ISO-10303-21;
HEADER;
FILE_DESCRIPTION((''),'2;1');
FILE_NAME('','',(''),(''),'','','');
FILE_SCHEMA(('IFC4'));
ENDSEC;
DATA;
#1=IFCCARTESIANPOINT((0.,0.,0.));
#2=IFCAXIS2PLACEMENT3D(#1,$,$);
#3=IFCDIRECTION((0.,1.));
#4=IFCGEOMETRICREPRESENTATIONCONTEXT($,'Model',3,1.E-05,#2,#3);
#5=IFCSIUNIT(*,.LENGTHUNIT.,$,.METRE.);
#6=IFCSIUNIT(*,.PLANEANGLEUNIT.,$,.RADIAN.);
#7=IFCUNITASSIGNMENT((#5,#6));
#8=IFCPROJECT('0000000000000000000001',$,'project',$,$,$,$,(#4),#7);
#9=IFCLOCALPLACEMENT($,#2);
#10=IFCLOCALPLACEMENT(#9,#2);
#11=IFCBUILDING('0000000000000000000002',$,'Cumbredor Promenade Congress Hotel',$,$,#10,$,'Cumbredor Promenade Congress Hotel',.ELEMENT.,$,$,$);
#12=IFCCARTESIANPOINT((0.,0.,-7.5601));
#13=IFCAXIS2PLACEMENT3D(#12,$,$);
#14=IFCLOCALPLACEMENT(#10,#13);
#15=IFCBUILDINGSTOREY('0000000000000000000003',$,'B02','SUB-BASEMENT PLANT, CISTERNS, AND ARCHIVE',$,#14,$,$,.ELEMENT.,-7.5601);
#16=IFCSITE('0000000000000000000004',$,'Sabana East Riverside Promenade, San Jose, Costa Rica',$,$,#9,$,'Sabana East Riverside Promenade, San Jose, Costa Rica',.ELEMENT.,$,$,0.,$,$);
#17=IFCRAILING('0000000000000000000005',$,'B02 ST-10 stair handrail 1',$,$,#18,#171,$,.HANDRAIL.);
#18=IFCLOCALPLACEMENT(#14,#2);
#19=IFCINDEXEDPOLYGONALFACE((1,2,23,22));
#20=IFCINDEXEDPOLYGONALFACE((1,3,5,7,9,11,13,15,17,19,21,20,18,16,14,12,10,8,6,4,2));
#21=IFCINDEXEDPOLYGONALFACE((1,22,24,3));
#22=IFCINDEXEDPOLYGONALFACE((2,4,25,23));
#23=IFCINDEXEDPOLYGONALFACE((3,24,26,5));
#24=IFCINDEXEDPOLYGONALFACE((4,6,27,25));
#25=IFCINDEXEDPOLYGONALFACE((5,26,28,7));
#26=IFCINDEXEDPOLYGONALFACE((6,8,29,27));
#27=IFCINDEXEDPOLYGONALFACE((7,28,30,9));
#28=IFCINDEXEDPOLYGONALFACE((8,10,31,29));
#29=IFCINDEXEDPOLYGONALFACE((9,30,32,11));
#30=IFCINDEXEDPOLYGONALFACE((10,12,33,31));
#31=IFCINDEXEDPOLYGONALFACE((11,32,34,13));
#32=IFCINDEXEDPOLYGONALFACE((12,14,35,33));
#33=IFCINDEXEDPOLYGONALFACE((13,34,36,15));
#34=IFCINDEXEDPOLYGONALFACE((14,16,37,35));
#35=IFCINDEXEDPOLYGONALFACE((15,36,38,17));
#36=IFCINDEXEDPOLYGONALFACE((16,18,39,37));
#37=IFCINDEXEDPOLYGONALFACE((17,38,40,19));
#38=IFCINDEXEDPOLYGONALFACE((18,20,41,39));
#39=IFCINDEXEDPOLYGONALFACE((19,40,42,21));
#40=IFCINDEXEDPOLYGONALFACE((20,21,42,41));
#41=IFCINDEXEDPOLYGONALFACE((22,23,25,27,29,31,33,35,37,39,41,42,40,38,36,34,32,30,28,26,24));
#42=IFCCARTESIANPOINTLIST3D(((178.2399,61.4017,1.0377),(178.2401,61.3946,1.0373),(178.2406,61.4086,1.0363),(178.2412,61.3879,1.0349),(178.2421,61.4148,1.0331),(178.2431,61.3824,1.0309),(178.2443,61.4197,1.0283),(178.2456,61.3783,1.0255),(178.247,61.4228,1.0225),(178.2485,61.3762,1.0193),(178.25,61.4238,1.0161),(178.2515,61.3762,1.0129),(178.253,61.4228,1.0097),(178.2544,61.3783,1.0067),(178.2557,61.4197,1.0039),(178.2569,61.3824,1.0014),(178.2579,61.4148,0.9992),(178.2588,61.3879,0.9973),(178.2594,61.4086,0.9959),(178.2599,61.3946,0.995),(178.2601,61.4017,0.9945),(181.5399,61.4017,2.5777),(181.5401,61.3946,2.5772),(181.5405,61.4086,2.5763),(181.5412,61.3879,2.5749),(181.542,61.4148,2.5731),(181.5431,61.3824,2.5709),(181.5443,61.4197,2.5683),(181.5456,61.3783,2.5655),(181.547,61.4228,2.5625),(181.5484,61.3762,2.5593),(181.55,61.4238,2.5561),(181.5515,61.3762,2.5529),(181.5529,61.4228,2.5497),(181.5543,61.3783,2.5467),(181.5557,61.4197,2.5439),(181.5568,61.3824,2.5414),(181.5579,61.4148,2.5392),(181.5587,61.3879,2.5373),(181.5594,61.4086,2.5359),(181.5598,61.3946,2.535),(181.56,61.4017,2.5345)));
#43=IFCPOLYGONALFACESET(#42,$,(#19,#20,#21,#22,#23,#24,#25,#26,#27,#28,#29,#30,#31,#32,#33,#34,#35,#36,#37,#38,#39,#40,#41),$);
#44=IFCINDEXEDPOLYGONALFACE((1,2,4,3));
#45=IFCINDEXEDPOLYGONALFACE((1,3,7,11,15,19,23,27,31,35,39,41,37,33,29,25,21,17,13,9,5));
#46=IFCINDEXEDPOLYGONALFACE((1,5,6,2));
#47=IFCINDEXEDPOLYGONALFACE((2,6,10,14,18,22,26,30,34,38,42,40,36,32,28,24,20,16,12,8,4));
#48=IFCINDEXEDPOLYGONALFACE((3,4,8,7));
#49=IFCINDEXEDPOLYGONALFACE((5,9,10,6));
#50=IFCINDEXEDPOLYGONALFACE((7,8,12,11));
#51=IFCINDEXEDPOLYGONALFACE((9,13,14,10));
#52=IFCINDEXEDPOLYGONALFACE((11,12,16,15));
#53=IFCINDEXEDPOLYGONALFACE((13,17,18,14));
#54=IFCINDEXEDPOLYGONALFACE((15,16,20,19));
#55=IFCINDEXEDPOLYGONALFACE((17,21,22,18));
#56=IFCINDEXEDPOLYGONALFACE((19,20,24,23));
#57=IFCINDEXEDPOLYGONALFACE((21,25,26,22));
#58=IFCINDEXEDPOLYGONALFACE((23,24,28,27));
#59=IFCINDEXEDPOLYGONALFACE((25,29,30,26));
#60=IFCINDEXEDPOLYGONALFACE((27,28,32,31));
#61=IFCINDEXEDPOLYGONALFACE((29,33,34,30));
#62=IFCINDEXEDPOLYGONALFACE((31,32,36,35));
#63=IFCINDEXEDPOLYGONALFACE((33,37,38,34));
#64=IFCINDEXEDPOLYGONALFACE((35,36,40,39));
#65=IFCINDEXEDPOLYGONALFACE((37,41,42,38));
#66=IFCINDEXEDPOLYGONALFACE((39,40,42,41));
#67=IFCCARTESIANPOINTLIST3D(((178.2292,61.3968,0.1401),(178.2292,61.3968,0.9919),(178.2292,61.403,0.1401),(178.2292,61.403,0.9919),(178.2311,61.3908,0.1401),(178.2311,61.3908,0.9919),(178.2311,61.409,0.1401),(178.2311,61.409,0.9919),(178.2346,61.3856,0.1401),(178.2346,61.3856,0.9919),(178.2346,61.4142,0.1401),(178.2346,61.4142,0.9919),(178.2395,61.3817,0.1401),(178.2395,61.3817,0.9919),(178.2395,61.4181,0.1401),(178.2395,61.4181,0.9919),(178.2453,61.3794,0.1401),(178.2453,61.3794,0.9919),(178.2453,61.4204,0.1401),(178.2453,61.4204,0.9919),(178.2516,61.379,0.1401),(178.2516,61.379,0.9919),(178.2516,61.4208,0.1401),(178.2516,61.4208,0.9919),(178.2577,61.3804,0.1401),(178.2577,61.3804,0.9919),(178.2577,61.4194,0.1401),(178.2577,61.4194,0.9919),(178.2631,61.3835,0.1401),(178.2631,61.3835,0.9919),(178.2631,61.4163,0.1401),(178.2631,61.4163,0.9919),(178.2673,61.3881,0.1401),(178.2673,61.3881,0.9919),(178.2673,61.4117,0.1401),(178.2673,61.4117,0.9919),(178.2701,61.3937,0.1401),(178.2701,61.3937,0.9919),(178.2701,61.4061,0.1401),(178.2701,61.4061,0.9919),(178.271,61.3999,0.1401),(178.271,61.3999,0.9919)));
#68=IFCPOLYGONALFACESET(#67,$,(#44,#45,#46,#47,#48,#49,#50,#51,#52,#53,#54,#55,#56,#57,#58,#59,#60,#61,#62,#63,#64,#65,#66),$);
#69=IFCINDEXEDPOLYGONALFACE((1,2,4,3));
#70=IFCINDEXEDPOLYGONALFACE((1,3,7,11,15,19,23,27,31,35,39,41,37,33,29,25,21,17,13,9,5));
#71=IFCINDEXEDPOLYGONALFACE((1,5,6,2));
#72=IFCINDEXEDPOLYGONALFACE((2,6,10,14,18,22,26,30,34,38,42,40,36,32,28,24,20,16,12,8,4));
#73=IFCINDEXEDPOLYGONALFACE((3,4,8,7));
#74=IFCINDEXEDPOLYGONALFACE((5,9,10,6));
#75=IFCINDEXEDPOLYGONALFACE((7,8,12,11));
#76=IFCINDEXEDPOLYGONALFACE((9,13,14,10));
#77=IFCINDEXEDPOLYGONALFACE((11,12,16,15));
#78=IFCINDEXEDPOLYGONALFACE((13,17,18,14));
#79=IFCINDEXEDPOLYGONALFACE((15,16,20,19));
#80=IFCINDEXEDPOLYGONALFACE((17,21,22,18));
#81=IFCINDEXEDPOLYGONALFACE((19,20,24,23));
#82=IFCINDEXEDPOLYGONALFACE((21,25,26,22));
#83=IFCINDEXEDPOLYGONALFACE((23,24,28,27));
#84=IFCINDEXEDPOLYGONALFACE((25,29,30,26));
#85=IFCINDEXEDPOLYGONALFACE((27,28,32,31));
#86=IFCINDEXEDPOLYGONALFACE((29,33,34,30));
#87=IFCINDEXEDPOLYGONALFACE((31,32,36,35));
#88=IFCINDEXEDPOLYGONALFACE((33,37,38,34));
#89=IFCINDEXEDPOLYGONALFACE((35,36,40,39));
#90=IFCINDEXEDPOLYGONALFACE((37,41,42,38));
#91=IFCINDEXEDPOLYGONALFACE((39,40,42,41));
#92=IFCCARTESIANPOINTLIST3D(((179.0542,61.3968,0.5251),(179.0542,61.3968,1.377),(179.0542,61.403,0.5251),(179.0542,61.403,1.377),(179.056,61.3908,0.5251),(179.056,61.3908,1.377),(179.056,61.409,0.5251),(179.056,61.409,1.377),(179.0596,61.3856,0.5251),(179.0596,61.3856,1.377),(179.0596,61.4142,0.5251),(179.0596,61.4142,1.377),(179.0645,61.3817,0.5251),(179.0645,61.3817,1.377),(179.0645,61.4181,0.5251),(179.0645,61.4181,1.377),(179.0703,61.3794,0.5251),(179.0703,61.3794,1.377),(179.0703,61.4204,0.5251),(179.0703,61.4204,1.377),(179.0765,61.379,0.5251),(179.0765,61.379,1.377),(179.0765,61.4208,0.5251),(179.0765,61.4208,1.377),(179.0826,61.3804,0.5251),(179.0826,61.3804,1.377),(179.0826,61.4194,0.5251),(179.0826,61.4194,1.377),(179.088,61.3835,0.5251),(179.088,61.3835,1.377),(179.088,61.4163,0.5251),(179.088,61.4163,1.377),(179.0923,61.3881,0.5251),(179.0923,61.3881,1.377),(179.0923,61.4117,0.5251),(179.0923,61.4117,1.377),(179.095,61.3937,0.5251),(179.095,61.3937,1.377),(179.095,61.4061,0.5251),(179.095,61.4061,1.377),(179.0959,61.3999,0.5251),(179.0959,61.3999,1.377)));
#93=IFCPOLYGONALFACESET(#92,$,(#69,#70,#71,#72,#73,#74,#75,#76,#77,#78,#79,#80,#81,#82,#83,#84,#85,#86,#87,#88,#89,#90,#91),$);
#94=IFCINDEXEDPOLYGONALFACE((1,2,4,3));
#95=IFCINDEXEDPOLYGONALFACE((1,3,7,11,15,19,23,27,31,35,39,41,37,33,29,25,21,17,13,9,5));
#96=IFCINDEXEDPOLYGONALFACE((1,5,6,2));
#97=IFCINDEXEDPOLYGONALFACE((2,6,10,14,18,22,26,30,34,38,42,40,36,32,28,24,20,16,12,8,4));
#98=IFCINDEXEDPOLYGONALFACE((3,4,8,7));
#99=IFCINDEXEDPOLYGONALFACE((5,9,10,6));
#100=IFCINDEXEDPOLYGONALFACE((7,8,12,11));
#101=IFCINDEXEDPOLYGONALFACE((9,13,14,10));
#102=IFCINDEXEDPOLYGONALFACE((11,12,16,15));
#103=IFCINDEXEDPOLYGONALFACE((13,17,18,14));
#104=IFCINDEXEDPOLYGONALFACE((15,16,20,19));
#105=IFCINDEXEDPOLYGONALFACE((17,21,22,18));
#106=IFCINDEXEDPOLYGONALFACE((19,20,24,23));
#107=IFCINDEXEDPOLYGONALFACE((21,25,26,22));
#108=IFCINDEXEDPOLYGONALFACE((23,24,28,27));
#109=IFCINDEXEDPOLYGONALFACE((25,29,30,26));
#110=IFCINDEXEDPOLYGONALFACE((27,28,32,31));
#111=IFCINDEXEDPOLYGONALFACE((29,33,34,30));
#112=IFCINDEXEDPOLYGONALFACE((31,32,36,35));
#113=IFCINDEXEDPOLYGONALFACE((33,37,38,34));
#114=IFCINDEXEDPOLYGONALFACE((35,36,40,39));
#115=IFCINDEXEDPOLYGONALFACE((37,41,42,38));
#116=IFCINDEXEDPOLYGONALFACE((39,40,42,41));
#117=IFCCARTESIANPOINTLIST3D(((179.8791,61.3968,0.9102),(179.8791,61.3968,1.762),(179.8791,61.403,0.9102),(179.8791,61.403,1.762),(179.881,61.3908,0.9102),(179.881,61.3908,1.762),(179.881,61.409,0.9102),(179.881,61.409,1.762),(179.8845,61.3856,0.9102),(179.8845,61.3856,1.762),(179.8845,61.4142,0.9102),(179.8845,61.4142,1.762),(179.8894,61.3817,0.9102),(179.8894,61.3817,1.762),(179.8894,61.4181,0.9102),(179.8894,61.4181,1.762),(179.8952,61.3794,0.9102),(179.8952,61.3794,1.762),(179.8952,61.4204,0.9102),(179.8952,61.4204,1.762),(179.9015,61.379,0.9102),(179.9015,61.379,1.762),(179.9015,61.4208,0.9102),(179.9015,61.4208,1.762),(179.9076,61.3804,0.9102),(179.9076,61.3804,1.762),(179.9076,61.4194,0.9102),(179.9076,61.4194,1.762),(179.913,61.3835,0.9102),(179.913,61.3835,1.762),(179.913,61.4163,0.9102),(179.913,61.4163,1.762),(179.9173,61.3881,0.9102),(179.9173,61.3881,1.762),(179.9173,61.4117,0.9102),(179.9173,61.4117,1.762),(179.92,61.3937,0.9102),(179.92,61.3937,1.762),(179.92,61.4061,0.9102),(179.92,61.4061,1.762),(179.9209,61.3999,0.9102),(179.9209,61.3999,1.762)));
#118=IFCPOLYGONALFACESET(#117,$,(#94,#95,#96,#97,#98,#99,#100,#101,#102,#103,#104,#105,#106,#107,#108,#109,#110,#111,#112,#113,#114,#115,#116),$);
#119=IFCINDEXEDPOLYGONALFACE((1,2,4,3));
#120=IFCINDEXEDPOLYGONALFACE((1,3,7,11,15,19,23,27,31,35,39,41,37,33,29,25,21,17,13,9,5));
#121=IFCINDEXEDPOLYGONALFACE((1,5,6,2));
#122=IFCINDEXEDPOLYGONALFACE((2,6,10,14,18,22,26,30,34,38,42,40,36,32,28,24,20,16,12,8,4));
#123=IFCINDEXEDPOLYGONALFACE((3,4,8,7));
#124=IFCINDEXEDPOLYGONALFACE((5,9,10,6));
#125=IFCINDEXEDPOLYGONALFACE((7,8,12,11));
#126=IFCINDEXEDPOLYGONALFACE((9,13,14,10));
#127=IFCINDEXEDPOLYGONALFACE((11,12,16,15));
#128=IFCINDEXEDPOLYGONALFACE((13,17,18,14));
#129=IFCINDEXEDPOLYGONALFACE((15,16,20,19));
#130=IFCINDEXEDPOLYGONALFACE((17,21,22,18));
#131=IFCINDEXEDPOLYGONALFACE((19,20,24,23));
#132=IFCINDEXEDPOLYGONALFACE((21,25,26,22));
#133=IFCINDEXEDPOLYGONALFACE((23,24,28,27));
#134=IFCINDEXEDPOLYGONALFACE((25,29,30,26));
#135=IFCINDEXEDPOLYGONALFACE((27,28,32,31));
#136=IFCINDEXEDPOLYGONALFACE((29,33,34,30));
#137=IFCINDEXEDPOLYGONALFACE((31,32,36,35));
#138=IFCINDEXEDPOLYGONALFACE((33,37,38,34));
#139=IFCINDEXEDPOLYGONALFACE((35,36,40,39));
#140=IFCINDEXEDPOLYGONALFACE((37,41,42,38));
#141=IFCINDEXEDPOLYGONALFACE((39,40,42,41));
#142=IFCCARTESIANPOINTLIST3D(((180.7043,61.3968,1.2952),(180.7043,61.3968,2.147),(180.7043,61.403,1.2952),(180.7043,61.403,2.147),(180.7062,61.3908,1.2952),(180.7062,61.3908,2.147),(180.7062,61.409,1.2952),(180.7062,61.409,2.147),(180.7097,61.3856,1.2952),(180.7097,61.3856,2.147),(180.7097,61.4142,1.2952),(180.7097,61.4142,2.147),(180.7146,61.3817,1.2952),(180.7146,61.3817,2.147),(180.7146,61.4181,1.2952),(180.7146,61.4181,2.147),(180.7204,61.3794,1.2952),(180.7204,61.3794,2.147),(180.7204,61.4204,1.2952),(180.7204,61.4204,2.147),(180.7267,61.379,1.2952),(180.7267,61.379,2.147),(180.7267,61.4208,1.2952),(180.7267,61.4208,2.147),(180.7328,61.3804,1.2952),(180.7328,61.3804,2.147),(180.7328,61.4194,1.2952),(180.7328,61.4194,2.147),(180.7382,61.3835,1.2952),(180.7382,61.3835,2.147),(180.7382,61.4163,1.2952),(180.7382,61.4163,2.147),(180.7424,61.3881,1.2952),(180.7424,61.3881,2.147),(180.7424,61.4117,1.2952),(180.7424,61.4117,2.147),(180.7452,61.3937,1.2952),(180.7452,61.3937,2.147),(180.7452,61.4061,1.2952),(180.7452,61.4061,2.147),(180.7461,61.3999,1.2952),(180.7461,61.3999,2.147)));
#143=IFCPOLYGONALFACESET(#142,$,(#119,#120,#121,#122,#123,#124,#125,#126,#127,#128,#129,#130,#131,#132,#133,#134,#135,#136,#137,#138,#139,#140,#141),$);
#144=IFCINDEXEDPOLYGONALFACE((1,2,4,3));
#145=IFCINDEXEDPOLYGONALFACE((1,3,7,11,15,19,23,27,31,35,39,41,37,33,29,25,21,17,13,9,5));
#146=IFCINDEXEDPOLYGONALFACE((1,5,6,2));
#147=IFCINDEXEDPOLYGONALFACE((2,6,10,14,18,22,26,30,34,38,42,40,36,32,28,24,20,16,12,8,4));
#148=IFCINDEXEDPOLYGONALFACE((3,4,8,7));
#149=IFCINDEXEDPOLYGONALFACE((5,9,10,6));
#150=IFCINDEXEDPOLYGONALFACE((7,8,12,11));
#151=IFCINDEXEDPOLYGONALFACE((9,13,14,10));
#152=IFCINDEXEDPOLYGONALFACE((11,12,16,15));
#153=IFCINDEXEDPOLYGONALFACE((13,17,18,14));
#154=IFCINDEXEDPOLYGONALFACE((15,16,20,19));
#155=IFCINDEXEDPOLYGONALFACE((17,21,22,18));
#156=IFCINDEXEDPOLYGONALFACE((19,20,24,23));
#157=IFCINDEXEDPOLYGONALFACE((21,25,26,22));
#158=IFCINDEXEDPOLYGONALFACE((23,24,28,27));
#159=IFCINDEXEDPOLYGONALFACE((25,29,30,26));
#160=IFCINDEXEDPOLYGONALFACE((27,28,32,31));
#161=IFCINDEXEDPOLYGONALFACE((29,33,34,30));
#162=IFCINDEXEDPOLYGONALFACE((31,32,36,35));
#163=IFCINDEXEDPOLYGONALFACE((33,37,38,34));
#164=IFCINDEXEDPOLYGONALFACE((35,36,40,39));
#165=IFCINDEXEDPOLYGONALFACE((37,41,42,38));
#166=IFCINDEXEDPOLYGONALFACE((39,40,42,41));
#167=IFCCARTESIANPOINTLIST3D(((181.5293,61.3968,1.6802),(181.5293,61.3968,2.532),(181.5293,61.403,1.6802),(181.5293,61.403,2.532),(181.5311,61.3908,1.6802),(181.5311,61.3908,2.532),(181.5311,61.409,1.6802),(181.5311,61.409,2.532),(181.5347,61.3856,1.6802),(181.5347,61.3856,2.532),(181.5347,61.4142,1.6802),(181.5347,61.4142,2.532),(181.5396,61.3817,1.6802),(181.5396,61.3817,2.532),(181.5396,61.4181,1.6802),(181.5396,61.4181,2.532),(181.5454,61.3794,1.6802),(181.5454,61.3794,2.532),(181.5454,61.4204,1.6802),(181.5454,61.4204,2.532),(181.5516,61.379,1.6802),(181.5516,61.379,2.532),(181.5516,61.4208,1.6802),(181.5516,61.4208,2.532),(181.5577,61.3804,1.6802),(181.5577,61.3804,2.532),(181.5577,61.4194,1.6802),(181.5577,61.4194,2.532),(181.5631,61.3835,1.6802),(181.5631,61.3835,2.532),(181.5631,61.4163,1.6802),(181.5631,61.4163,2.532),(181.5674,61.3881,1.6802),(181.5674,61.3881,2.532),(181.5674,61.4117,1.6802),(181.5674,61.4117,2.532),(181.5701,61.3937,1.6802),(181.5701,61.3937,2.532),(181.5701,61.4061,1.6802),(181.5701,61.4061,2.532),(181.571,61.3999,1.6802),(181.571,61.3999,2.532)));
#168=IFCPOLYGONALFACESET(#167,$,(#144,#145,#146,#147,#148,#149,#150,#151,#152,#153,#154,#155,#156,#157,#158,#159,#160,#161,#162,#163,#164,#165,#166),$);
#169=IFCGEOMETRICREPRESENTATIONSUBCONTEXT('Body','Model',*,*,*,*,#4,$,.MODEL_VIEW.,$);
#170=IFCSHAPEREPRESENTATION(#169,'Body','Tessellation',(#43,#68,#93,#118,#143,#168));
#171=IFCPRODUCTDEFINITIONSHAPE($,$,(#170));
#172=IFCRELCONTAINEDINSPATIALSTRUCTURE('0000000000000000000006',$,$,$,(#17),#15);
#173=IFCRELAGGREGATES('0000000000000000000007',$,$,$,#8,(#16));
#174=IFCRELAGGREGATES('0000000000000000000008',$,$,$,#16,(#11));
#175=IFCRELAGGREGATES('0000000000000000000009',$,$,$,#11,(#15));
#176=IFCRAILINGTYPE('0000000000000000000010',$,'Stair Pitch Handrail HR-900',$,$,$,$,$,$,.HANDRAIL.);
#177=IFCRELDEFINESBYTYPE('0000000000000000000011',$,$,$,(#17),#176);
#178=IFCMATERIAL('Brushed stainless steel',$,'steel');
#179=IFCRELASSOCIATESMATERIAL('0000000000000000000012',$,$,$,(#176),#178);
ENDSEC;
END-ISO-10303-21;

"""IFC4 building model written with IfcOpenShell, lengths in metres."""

from ifc_helpers import new_model, si_unit, direction, frame, origin, origin_2d, place, context, subcontext, project, spatial, circle, extrude, material, type_object, element, save


model = new_model("IFC4")

# Units and contexts
model_context = context("Model", 3, precision=1e-05, world=origin(), true_north=direction((0.0, 1.0)))
body_context = subcontext(model_context, "Body", "Model", "MODEL_VIEW")
ifc_project = project(units=[si_unit("LENGTHUNIT", "METRE"), si_unit("PLANEANGLEUNIT", "RADIAN")], contexts=[model_context])

# Site, building, storey
site_placement = place(None, origin())
site = spatial("IfcSite", under=ifc_project, at=site_placement, Name="Sabana East Riverside Promenade, San Jose, Costa Rica", LongName="Sabana East Riverside Promenade, San Jose, Costa Rica", CompositionType="ELEMENT", RefElevation=0.0)
building_placement = place(site_placement, origin())
building = spatial("IfcBuilding", under=site, at=building_placement, Name="Cumbredor Promenade Congress Hotel", LongName="Cumbredor Promenade Congress Hotel", CompositionType="ELEMENT")
storey_placement = place(building_placement, frame((0.0, 0.0, -7.5601)))
storey = spatial("IfcBuildingStorey", under=building, at=storey_placement, Name="B02", Description="SUB-BASEMENT PLANT, CISTERNS, AND ARCHIVE", CompositionType="ELEMENT", Elevation=-7.5601)

# Railing
ifc_material_1 = material(Name="Brushed stainless steel", Category="steel")
railing_type_1 = type_object("IfcRailingType", Name="Stair Pitch Handrail HR-900", PredefinedType="HANDRAIL", material=ifc_material_1)
railing_1_placement = place(storey_placement, frame((178.25, 61.3999, 0.1401)))
element("IfcRailing", 1, at=railing_1_placement, inside=storey, type_object=railing_type_1, Name="B02 ST-10 stair handrail 1", PredefinedType="HANDRAIL", context=body_context, shape_type="SweptSolid", body=[
    extrude(circle(Radius=0.0239, at=origin_2d()), frame((0.0, 0.0, 0.876), z_axis=(0.906181, 0.0, 0.422889), x_axis=(0.0, 1.0, 0.0)), (0.0, 0.0, 1.0), 3.6416),
    extrude(circle(Radius=0.021, at=origin_2d()), origin(), (0.0, 0.0, 1.0), 0.8518),
    extrude(circle(Radius=0.021, at=origin_2d()), frame((0.825, 0.0, 0.385)), (0.0, 0.0, 1.0), 0.8518),
    extrude(circle(Radius=0.021, at=origin_2d()), frame((1.6499, 0.0, 0.77)), (0.0, 0.0, 1.0), 0.8518),
    extrude(circle(Radius=0.021, at=origin_2d()), frame((2.4751, 0.0, 1.155)), (0.0, 0.0, 1.0), 0.8518),
    extrude(circle(Radius=0.021, at=origin_2d()), frame((3.3, 0.0, 1.54)), (0.0, 0.0, 1.0), 0.8518),
])

save(model, "model.ifc")
